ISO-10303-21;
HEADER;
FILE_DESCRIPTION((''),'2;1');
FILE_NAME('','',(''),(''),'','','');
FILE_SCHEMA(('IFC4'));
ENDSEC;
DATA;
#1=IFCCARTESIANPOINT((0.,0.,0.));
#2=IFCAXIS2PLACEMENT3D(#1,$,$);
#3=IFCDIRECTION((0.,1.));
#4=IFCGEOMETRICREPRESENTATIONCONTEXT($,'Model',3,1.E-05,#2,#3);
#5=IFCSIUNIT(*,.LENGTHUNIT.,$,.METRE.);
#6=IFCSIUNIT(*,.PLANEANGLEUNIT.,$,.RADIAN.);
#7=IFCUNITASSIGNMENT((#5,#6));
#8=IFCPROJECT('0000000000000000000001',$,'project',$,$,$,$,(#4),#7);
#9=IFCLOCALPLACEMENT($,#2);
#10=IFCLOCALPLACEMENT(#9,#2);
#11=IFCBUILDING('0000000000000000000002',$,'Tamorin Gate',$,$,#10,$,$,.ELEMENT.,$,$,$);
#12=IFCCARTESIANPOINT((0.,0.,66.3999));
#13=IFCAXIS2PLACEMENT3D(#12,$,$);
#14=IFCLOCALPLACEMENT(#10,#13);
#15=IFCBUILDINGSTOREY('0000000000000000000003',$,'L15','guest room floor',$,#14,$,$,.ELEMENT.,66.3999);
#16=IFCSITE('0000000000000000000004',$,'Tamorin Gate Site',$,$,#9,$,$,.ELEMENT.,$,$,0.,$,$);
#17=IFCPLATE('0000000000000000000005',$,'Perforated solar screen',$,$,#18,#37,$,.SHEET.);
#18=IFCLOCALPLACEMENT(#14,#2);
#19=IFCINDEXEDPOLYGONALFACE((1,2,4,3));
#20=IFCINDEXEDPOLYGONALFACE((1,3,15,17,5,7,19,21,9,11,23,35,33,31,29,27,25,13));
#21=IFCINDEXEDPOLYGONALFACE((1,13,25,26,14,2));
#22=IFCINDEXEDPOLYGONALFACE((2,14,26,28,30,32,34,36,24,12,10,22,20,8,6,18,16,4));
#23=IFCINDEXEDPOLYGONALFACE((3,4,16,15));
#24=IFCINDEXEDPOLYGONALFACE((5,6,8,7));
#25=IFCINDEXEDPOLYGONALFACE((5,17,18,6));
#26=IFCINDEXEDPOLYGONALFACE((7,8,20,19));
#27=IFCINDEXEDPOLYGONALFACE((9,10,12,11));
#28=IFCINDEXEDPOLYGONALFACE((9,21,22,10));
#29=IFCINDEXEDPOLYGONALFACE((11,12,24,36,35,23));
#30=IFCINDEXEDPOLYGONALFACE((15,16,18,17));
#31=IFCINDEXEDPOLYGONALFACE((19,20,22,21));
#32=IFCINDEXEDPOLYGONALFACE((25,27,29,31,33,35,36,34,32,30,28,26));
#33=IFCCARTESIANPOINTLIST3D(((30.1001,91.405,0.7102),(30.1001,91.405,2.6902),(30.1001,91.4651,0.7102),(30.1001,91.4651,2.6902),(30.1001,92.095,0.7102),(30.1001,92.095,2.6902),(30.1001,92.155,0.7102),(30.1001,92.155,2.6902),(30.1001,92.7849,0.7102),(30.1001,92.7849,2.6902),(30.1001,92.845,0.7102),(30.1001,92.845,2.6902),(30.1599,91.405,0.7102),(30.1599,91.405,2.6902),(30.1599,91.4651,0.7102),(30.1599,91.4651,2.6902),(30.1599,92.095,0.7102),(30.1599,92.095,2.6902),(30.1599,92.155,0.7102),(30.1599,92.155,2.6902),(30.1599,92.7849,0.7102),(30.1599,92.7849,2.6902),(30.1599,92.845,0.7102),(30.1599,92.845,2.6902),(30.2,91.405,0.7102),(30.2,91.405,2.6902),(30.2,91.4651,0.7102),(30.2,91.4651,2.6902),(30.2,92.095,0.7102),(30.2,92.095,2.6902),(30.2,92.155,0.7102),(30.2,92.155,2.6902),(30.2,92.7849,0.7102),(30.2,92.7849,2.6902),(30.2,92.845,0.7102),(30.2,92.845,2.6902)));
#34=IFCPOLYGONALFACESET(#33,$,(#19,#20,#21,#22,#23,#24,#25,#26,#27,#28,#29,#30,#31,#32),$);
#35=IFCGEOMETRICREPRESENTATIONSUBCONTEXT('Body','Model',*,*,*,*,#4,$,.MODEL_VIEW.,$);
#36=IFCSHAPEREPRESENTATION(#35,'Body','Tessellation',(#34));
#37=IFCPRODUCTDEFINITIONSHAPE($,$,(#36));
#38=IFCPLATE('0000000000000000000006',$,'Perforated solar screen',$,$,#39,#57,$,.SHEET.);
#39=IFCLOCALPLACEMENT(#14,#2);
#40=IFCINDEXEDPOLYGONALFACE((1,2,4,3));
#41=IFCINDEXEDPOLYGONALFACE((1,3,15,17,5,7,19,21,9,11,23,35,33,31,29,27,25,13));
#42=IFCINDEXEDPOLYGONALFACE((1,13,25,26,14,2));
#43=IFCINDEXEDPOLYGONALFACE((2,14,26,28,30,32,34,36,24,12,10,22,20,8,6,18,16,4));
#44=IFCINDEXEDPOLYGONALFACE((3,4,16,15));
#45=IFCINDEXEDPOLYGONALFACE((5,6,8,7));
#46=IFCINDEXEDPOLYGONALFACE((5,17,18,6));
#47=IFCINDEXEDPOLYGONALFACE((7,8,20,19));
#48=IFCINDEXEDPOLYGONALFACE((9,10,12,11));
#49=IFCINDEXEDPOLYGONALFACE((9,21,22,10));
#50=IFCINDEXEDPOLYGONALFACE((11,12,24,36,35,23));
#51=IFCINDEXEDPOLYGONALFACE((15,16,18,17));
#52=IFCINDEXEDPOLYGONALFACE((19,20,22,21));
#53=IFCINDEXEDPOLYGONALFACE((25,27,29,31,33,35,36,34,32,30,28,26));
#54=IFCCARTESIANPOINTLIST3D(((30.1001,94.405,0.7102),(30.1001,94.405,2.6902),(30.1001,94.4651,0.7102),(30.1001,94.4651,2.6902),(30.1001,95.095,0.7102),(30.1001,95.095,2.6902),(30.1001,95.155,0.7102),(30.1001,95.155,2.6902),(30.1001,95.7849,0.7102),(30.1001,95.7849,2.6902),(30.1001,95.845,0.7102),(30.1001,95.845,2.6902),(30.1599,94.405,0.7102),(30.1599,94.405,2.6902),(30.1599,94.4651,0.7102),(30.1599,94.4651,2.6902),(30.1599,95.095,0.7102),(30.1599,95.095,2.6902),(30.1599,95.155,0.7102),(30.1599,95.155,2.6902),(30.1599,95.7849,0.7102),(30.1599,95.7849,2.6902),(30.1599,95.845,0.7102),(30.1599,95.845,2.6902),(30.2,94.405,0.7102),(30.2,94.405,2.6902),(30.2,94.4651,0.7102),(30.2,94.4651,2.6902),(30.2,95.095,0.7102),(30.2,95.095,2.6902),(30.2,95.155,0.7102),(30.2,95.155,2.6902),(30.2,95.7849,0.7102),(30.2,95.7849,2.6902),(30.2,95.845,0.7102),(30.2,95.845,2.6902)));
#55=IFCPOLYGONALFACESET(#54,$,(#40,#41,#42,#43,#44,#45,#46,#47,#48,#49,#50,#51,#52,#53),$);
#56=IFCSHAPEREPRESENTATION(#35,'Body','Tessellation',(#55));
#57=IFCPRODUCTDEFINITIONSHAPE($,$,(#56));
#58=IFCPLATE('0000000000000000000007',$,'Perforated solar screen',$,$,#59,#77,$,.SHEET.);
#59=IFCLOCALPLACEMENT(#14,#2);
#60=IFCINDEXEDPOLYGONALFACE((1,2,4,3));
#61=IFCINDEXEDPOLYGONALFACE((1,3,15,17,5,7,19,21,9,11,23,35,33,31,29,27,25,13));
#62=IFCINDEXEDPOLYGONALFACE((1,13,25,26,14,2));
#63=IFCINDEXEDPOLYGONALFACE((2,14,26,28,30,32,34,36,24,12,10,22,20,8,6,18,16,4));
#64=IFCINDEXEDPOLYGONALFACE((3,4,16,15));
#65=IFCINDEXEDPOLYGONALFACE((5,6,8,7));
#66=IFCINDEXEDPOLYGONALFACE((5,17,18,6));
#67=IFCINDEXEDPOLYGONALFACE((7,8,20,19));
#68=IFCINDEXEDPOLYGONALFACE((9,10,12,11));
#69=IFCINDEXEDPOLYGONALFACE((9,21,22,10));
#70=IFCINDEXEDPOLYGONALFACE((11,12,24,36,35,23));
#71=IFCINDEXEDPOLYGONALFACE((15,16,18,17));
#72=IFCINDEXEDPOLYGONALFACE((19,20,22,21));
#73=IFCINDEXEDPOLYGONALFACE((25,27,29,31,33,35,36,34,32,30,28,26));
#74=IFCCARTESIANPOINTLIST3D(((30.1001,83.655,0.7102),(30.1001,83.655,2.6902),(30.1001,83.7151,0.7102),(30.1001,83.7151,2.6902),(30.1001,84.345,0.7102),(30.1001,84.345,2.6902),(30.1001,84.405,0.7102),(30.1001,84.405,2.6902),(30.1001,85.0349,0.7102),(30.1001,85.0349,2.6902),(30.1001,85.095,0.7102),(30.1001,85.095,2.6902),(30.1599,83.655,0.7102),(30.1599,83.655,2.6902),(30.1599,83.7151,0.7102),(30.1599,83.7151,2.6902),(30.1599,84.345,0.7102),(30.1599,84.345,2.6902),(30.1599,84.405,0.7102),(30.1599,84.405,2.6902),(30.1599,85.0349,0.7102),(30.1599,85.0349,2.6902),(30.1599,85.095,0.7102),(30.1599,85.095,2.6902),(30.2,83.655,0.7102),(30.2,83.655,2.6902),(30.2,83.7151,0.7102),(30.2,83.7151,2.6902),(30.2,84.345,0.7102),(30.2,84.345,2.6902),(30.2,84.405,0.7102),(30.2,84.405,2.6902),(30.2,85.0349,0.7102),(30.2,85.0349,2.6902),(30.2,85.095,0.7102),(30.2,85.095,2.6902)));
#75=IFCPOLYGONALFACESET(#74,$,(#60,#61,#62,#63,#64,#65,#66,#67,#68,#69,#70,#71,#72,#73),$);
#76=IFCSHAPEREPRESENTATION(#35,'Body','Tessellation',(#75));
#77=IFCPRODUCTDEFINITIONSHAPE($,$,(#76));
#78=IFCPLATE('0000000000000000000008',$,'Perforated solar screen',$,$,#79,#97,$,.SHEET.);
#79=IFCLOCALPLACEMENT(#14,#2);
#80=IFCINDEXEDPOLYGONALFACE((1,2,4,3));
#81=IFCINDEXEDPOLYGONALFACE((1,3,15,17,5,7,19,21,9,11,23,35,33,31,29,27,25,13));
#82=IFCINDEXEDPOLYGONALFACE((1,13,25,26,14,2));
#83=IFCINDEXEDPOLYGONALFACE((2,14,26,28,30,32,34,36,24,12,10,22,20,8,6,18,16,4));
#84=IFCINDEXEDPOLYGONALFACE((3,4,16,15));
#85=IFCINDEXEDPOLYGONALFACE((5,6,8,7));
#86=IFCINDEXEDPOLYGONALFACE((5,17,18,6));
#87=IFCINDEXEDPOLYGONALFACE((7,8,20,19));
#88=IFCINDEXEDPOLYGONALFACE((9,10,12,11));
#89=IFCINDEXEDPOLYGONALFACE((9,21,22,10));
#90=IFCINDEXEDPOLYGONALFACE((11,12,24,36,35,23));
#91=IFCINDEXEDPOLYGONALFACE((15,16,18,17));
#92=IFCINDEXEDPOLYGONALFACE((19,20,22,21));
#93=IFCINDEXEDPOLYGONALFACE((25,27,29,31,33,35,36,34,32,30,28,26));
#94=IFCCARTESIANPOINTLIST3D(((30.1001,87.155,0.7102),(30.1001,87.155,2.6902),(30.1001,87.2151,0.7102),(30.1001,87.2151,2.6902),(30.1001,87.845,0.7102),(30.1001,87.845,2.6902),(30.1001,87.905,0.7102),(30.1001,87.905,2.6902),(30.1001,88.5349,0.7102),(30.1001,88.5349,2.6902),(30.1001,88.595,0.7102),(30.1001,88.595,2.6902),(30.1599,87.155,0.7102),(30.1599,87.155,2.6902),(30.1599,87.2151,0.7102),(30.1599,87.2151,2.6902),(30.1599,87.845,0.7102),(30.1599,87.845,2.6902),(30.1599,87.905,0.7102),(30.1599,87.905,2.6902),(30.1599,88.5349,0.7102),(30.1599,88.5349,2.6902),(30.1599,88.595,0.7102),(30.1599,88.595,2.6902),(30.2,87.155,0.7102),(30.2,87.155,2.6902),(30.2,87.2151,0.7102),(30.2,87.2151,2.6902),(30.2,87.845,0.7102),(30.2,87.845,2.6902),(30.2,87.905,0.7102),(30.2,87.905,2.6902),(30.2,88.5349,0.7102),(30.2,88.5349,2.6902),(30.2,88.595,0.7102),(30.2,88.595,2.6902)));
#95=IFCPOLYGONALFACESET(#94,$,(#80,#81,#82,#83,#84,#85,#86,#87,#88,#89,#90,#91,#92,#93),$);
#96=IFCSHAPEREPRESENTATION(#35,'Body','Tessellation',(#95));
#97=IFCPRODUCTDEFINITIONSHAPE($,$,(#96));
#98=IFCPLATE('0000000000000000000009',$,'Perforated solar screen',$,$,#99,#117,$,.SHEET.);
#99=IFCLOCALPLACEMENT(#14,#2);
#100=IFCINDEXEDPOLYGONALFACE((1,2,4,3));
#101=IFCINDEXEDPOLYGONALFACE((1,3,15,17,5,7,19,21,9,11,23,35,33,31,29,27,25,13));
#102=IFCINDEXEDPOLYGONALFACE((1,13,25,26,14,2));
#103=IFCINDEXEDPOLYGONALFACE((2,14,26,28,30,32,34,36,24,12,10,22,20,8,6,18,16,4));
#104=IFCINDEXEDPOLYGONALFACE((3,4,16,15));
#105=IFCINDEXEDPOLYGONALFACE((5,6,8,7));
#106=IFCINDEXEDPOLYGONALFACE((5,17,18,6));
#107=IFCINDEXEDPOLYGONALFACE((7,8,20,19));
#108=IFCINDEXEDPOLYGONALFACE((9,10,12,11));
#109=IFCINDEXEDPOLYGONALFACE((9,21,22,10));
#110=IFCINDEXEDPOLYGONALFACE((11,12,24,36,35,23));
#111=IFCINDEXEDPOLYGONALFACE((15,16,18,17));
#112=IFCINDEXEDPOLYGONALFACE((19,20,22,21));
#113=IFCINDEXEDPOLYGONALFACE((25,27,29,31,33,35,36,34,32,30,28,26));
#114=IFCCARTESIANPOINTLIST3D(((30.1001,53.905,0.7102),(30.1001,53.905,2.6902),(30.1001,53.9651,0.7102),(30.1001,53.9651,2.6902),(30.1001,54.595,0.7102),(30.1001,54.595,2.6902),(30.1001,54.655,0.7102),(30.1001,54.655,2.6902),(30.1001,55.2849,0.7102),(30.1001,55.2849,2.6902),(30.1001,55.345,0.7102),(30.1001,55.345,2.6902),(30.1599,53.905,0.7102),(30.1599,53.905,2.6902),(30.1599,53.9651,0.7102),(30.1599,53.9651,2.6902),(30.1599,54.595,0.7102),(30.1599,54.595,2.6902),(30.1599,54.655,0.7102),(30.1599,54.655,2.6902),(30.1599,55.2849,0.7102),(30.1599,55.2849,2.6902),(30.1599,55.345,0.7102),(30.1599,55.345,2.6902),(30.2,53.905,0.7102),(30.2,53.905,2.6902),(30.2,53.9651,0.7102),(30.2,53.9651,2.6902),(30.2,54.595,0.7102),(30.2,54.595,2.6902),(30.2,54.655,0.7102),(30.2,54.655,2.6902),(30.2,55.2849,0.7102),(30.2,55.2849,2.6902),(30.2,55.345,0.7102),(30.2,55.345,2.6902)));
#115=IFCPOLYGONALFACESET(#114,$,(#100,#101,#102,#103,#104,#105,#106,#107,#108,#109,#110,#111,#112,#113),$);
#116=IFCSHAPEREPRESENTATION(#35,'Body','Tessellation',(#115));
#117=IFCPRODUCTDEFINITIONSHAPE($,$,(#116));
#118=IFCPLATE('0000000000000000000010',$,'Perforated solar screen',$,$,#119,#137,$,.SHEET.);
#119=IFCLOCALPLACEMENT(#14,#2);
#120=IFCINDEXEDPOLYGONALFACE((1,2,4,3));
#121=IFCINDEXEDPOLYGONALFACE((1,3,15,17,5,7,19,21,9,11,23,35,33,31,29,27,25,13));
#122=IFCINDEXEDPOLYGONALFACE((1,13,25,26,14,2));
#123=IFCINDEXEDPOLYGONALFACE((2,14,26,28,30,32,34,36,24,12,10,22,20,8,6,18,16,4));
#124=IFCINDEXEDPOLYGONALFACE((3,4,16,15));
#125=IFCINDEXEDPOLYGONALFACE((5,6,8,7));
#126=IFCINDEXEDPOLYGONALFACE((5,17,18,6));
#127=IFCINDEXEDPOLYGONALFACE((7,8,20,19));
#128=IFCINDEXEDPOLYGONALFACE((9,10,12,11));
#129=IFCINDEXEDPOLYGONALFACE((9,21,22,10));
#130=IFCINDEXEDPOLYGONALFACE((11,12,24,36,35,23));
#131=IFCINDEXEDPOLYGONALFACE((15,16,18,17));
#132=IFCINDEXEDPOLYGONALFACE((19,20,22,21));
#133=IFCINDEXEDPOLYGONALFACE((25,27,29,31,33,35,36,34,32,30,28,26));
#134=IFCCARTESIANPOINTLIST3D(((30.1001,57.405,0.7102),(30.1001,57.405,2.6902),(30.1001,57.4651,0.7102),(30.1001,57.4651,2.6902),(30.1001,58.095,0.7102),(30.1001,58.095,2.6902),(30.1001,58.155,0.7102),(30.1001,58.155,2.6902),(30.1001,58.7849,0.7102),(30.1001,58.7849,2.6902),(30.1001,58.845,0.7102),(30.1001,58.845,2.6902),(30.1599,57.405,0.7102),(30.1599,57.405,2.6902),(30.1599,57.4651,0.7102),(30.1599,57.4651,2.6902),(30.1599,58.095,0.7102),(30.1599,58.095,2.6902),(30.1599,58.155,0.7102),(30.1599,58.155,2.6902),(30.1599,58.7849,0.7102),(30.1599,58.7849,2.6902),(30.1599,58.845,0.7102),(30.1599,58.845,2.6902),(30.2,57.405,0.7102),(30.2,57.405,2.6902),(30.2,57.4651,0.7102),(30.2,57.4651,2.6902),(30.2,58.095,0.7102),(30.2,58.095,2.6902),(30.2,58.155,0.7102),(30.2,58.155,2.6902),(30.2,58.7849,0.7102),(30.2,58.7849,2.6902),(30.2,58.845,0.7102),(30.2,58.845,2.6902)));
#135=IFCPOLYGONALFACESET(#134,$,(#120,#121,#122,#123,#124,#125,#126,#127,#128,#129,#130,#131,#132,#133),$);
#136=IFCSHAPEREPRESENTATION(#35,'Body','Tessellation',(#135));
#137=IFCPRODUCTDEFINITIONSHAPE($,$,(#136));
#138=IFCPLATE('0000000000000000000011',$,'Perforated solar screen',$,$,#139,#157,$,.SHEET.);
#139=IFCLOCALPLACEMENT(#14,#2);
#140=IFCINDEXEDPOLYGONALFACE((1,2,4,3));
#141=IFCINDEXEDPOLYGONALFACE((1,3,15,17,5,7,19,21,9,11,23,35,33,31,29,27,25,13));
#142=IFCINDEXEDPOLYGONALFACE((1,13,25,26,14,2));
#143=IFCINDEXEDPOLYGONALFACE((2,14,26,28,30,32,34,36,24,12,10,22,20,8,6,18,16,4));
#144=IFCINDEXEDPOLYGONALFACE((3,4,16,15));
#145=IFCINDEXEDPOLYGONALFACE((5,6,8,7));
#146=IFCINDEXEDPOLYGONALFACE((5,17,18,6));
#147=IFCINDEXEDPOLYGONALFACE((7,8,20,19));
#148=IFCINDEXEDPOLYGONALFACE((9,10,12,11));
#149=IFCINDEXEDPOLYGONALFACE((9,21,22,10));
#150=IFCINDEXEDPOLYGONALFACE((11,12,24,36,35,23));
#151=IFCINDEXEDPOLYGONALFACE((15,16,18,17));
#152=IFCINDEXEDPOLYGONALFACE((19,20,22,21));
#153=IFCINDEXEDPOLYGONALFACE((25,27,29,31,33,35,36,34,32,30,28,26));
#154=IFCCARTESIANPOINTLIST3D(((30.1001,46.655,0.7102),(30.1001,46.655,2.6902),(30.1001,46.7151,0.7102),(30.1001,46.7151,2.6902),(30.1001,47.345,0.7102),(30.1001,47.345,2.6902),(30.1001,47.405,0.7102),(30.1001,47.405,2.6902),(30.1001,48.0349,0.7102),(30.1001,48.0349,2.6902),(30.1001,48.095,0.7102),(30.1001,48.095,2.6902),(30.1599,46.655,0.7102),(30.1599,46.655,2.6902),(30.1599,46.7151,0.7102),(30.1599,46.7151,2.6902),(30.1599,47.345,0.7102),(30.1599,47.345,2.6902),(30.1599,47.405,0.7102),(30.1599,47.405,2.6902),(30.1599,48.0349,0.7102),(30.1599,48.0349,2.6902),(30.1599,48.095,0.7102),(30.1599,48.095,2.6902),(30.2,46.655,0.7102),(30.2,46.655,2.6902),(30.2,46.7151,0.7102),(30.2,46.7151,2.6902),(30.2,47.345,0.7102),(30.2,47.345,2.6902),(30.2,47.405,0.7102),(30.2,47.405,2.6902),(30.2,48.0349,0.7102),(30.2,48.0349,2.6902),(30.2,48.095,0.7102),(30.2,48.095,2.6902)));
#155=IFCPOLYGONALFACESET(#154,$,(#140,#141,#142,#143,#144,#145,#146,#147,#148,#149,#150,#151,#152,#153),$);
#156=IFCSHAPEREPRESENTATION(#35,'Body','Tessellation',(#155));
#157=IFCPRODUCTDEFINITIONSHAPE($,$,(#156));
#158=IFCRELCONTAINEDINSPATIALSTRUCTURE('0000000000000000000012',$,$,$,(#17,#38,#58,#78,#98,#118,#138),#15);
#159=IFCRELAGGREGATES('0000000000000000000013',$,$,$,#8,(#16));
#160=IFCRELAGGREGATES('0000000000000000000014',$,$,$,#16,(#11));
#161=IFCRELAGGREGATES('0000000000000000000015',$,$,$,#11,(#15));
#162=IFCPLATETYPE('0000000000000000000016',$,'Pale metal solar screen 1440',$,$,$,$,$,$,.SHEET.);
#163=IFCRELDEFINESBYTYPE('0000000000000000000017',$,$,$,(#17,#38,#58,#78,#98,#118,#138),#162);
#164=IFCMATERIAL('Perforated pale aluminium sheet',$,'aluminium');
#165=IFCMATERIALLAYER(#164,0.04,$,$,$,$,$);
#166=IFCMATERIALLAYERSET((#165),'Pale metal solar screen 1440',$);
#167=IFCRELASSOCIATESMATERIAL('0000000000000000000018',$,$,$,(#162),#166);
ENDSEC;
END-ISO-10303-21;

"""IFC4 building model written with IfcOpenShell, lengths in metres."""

from ifc_helpers import new_model, si_unit, direction, frame, origin, place, context, subcontext, project, spatial, polyline, outline, extrude, material, layer, layer_set, type_object, element, save


model = new_model("IFC4")

# Units and contexts
model_context = context("Model", 3, precision=1e-05, world=origin(), true_north=direction((0.0, 1.0)))
body_context = subcontext(model_context, "Body", "Model", "MODEL_VIEW")
ifc_project = project(units=[si_unit("LENGTHUNIT", "METRE"), si_unit("PLANEANGLEUNIT", "RADIAN")], contexts=[model_context])

# Site, building, storey
site_placement = place(None, origin())
site = spatial("IfcSite", under=ifc_project, at=site_placement, Name="Tamorin Gate Site", CompositionType="ELEMENT", RefElevation=0.0)
building_placement = place(site_placement, origin())
building = spatial("IfcBuilding", under=site, at=building_placement, Name="Tamorin Gate", CompositionType="ELEMENT")
storey_placement = place(building_placement, frame((0.0, 0.0, 66.3999)))
storey = spatial("IfcBuildingStorey", under=building, at=storey_placement, Name="L15", Description="guest room floor", CompositionType="ELEMENT", Elevation=66.3999)

# Plates
ifc_material_1 = material(Name="Perforated pale aluminium sheet", Category="aluminium")
ifc_layer_1 = layer(ifc_material_1, 0.04)
ifc_layer_set_1 = layer_set([ifc_layer_1], Name="Pale metal solar screen 1440")
plate_type = type_object("IfcPlateType", Name="Pale metal solar screen 1440", PredefinedType="SHEET", material=ifc_layer_set_1)
plate_1_placement = place(storey_placement, frame((0.0, 0.0, 0.7102)))
element("IfcPlate", 1, at=plate_1_placement, inside=storey, type_object=plate_type, Name="Perforated solar screen", PredefinedType="SHEET", context=body_context, shape_type="SweptSolid", body=[
    extrude(outline(polyline([(30.1599, 92.845), (30.2, 92.845), (30.2, 92.7849), (30.2, 92.155), (30.2, 92.095), (30.2, 91.4651), (30.2, 91.405), (30.1599, 91.405), (30.1001, 91.405), (30.1001, 91.4651), (30.1599, 91.4651), (30.1599, 92.095), (30.1001, 92.095), (30.1001, 92.155), (30.1599, 92.155), (30.1599, 92.7849), (30.1001, 92.7849), (30.1001, 92.845), (30.1599, 92.845)])), origin(), (0.0, 0.0, 1.0), 1.98),
])
plate_2_placement = place(storey_placement, frame((0.0, 0.0, 0.7102)))
element("IfcPlate", 2, at=plate_2_placement, inside=storey, type_object=plate_type, Name="Perforated solar screen", PredefinedType="SHEET", context=body_context, shape_type="SweptSolid", body=[
    extrude(outline(polyline([(30.1599, 95.845), (30.2, 95.845), (30.2, 95.7849), (30.2, 95.155), (30.2, 95.095), (30.2, 94.4651), (30.2, 94.405), (30.2, 94.405), (30.1599, 94.405), (30.1599, 94.405), (30.1001, 94.405), (30.1001, 94.4651), (30.1599, 94.4651), (30.1599, 95.095), (30.1001, 95.095), (30.1001, 95.155), (30.1599, 95.155), (30.1599, 95.7849), (30.1001, 95.7849), (30.1001, 95.845), (30.1599, 95.845)])), origin(), (0.0, 0.0, 1.0), 1.98),
])
plate_3_placement = place(storey_placement, frame((0.0, 0.0, 0.7102)))
element("IfcPlate", 3, at=plate_3_placement, inside=storey, type_object=plate_type, Name="Perforated solar screen", PredefinedType="SHEET", context=body_context, shape_type="SweptSolid", body=[
    extrude(outline(polyline([(30.1599, 85.095), (30.2, 85.095), (30.2, 85.0349), (30.2, 84.405), (30.2, 84.345), (30.2, 83.7151), (30.2, 83.655), (30.1599, 83.655), (30.1001, 83.655), (30.1001, 83.7151), (30.1599, 83.7151), (30.1599, 84.345), (30.1001, 84.345), (30.1001, 84.405), (30.1599, 84.405), (30.1599, 85.0349), (30.1001, 85.0349), (30.1001, 85.095), (30.1599, 85.095)])), origin(), (0.0, 0.0, 1.0), 1.98),
])
plate_4_placement = place(storey_placement, frame((0.0, 0.0, 0.7102)))
element("IfcPlate", 4, at=plate_4_placement, inside=storey, type_object=plate_type, Name="Perforated solar screen", PredefinedType="SHEET", context=body_context, shape_type="SweptSolid", body=[
    extrude(outline(polyline([(30.1599, 88.595), (30.2, 88.595), (30.2, 88.5349), (30.2, 87.905), (30.2, 87.845), (30.2, 87.2151), (30.2, 87.155), (30.1599, 87.155), (30.1001, 87.155), (30.1001, 87.2151), (30.1599, 87.2151), (30.1599, 87.845), (30.1001, 87.845), (30.1001, 87.905), (30.1599, 87.905), (30.1599, 88.5349), (30.1001, 88.5349), (30.1001, 88.595), (30.1599, 88.595)])), origin(), (0.0, 0.0, 1.0), 1.98),
])
plate_5_placement = place(storey_placement, frame((0.0, 0.0, 0.7102)))
element("IfcPlate", 5, at=plate_5_placement, inside=storey, type_object=plate_type, Name="Perforated solar screen", PredefinedType="SHEET", context=body_context, shape_type="SweptSolid", body=[
    extrude(outline(polyline([(30.1599, 55.345), (30.2, 55.345), (30.2, 55.2849), (30.2, 54.655), (30.2, 54.595), (30.2, 53.9651), (30.2, 53.905), (30.1599, 53.905), (30.1001, 53.905), (30.1001, 53.9651), (30.1599, 53.9651), (30.1599, 54.595), (30.1001, 54.595), (30.1001, 54.655), (30.1599, 54.655), (30.1599, 55.2849), (30.1001, 55.2849), (30.1001, 55.345), (30.1599, 55.345)])), origin(), (0.0, 0.0, 1.0), 1.98),
])
plate_6_placement = place(storey_placement, frame((0.0, 0.0, 0.7102)))
element("IfcPlate", 6, at=plate_6_placement, inside=storey, type_object=plate_type, Name="Perforated solar screen", PredefinedType="SHEET", context=body_context, shape_type="SweptSolid", body=[
    extrude(outline(polyline([(30.1599, 58.845), (30.2, 58.845), (30.2, 58.7849), (30.2, 58.155), (30.2, 58.095), (30.2, 57.4651), (30.2, 57.405), (30.1599, 57.405), (30.1001, 57.405), (30.1001, 57.4651), (30.1599, 57.4651), (30.1599, 58.095), (30.1001, 58.095), (30.1001, 58.155), (30.1599, 58.155), (30.1599, 58.7849), (30.1001, 58.7849), (30.1001, 58.845), (30.1599, 58.845)])), origin(), (0.0, 0.0, 1.0), 1.98),
])
plate_7_placement = place(storey_placement, frame((0.0, 0.0, 0.7102)))
element("IfcPlate", 7, at=plate_7_placement, inside=storey, type_object=plate_type, Name="Perforated solar screen", PredefinedType="SHEET", context=body_context, shape_type="SweptSolid", body=[
    extrude(outline(polyline([(30.1599, 48.095), (30.2, 48.095), (30.2, 48.0349), (30.2, 47.405), (30.2, 47.345), (30.2, 46.7151), (30.2, 46.655), (30.1599, 46.655), (30.1001, 46.655), (30.1001, 46.7151), (30.1599, 46.7151), (30.1599, 47.345), (30.1001, 47.345), (30.1001, 47.405), (30.1599, 47.405), (30.1599, 48.0349), (30.1001, 48.0349), (30.1001, 48.095), (30.1599, 48.095)])), origin(), (0.0, 0.0, 1.0), 1.98),
])

save(model, "model.ifc")
